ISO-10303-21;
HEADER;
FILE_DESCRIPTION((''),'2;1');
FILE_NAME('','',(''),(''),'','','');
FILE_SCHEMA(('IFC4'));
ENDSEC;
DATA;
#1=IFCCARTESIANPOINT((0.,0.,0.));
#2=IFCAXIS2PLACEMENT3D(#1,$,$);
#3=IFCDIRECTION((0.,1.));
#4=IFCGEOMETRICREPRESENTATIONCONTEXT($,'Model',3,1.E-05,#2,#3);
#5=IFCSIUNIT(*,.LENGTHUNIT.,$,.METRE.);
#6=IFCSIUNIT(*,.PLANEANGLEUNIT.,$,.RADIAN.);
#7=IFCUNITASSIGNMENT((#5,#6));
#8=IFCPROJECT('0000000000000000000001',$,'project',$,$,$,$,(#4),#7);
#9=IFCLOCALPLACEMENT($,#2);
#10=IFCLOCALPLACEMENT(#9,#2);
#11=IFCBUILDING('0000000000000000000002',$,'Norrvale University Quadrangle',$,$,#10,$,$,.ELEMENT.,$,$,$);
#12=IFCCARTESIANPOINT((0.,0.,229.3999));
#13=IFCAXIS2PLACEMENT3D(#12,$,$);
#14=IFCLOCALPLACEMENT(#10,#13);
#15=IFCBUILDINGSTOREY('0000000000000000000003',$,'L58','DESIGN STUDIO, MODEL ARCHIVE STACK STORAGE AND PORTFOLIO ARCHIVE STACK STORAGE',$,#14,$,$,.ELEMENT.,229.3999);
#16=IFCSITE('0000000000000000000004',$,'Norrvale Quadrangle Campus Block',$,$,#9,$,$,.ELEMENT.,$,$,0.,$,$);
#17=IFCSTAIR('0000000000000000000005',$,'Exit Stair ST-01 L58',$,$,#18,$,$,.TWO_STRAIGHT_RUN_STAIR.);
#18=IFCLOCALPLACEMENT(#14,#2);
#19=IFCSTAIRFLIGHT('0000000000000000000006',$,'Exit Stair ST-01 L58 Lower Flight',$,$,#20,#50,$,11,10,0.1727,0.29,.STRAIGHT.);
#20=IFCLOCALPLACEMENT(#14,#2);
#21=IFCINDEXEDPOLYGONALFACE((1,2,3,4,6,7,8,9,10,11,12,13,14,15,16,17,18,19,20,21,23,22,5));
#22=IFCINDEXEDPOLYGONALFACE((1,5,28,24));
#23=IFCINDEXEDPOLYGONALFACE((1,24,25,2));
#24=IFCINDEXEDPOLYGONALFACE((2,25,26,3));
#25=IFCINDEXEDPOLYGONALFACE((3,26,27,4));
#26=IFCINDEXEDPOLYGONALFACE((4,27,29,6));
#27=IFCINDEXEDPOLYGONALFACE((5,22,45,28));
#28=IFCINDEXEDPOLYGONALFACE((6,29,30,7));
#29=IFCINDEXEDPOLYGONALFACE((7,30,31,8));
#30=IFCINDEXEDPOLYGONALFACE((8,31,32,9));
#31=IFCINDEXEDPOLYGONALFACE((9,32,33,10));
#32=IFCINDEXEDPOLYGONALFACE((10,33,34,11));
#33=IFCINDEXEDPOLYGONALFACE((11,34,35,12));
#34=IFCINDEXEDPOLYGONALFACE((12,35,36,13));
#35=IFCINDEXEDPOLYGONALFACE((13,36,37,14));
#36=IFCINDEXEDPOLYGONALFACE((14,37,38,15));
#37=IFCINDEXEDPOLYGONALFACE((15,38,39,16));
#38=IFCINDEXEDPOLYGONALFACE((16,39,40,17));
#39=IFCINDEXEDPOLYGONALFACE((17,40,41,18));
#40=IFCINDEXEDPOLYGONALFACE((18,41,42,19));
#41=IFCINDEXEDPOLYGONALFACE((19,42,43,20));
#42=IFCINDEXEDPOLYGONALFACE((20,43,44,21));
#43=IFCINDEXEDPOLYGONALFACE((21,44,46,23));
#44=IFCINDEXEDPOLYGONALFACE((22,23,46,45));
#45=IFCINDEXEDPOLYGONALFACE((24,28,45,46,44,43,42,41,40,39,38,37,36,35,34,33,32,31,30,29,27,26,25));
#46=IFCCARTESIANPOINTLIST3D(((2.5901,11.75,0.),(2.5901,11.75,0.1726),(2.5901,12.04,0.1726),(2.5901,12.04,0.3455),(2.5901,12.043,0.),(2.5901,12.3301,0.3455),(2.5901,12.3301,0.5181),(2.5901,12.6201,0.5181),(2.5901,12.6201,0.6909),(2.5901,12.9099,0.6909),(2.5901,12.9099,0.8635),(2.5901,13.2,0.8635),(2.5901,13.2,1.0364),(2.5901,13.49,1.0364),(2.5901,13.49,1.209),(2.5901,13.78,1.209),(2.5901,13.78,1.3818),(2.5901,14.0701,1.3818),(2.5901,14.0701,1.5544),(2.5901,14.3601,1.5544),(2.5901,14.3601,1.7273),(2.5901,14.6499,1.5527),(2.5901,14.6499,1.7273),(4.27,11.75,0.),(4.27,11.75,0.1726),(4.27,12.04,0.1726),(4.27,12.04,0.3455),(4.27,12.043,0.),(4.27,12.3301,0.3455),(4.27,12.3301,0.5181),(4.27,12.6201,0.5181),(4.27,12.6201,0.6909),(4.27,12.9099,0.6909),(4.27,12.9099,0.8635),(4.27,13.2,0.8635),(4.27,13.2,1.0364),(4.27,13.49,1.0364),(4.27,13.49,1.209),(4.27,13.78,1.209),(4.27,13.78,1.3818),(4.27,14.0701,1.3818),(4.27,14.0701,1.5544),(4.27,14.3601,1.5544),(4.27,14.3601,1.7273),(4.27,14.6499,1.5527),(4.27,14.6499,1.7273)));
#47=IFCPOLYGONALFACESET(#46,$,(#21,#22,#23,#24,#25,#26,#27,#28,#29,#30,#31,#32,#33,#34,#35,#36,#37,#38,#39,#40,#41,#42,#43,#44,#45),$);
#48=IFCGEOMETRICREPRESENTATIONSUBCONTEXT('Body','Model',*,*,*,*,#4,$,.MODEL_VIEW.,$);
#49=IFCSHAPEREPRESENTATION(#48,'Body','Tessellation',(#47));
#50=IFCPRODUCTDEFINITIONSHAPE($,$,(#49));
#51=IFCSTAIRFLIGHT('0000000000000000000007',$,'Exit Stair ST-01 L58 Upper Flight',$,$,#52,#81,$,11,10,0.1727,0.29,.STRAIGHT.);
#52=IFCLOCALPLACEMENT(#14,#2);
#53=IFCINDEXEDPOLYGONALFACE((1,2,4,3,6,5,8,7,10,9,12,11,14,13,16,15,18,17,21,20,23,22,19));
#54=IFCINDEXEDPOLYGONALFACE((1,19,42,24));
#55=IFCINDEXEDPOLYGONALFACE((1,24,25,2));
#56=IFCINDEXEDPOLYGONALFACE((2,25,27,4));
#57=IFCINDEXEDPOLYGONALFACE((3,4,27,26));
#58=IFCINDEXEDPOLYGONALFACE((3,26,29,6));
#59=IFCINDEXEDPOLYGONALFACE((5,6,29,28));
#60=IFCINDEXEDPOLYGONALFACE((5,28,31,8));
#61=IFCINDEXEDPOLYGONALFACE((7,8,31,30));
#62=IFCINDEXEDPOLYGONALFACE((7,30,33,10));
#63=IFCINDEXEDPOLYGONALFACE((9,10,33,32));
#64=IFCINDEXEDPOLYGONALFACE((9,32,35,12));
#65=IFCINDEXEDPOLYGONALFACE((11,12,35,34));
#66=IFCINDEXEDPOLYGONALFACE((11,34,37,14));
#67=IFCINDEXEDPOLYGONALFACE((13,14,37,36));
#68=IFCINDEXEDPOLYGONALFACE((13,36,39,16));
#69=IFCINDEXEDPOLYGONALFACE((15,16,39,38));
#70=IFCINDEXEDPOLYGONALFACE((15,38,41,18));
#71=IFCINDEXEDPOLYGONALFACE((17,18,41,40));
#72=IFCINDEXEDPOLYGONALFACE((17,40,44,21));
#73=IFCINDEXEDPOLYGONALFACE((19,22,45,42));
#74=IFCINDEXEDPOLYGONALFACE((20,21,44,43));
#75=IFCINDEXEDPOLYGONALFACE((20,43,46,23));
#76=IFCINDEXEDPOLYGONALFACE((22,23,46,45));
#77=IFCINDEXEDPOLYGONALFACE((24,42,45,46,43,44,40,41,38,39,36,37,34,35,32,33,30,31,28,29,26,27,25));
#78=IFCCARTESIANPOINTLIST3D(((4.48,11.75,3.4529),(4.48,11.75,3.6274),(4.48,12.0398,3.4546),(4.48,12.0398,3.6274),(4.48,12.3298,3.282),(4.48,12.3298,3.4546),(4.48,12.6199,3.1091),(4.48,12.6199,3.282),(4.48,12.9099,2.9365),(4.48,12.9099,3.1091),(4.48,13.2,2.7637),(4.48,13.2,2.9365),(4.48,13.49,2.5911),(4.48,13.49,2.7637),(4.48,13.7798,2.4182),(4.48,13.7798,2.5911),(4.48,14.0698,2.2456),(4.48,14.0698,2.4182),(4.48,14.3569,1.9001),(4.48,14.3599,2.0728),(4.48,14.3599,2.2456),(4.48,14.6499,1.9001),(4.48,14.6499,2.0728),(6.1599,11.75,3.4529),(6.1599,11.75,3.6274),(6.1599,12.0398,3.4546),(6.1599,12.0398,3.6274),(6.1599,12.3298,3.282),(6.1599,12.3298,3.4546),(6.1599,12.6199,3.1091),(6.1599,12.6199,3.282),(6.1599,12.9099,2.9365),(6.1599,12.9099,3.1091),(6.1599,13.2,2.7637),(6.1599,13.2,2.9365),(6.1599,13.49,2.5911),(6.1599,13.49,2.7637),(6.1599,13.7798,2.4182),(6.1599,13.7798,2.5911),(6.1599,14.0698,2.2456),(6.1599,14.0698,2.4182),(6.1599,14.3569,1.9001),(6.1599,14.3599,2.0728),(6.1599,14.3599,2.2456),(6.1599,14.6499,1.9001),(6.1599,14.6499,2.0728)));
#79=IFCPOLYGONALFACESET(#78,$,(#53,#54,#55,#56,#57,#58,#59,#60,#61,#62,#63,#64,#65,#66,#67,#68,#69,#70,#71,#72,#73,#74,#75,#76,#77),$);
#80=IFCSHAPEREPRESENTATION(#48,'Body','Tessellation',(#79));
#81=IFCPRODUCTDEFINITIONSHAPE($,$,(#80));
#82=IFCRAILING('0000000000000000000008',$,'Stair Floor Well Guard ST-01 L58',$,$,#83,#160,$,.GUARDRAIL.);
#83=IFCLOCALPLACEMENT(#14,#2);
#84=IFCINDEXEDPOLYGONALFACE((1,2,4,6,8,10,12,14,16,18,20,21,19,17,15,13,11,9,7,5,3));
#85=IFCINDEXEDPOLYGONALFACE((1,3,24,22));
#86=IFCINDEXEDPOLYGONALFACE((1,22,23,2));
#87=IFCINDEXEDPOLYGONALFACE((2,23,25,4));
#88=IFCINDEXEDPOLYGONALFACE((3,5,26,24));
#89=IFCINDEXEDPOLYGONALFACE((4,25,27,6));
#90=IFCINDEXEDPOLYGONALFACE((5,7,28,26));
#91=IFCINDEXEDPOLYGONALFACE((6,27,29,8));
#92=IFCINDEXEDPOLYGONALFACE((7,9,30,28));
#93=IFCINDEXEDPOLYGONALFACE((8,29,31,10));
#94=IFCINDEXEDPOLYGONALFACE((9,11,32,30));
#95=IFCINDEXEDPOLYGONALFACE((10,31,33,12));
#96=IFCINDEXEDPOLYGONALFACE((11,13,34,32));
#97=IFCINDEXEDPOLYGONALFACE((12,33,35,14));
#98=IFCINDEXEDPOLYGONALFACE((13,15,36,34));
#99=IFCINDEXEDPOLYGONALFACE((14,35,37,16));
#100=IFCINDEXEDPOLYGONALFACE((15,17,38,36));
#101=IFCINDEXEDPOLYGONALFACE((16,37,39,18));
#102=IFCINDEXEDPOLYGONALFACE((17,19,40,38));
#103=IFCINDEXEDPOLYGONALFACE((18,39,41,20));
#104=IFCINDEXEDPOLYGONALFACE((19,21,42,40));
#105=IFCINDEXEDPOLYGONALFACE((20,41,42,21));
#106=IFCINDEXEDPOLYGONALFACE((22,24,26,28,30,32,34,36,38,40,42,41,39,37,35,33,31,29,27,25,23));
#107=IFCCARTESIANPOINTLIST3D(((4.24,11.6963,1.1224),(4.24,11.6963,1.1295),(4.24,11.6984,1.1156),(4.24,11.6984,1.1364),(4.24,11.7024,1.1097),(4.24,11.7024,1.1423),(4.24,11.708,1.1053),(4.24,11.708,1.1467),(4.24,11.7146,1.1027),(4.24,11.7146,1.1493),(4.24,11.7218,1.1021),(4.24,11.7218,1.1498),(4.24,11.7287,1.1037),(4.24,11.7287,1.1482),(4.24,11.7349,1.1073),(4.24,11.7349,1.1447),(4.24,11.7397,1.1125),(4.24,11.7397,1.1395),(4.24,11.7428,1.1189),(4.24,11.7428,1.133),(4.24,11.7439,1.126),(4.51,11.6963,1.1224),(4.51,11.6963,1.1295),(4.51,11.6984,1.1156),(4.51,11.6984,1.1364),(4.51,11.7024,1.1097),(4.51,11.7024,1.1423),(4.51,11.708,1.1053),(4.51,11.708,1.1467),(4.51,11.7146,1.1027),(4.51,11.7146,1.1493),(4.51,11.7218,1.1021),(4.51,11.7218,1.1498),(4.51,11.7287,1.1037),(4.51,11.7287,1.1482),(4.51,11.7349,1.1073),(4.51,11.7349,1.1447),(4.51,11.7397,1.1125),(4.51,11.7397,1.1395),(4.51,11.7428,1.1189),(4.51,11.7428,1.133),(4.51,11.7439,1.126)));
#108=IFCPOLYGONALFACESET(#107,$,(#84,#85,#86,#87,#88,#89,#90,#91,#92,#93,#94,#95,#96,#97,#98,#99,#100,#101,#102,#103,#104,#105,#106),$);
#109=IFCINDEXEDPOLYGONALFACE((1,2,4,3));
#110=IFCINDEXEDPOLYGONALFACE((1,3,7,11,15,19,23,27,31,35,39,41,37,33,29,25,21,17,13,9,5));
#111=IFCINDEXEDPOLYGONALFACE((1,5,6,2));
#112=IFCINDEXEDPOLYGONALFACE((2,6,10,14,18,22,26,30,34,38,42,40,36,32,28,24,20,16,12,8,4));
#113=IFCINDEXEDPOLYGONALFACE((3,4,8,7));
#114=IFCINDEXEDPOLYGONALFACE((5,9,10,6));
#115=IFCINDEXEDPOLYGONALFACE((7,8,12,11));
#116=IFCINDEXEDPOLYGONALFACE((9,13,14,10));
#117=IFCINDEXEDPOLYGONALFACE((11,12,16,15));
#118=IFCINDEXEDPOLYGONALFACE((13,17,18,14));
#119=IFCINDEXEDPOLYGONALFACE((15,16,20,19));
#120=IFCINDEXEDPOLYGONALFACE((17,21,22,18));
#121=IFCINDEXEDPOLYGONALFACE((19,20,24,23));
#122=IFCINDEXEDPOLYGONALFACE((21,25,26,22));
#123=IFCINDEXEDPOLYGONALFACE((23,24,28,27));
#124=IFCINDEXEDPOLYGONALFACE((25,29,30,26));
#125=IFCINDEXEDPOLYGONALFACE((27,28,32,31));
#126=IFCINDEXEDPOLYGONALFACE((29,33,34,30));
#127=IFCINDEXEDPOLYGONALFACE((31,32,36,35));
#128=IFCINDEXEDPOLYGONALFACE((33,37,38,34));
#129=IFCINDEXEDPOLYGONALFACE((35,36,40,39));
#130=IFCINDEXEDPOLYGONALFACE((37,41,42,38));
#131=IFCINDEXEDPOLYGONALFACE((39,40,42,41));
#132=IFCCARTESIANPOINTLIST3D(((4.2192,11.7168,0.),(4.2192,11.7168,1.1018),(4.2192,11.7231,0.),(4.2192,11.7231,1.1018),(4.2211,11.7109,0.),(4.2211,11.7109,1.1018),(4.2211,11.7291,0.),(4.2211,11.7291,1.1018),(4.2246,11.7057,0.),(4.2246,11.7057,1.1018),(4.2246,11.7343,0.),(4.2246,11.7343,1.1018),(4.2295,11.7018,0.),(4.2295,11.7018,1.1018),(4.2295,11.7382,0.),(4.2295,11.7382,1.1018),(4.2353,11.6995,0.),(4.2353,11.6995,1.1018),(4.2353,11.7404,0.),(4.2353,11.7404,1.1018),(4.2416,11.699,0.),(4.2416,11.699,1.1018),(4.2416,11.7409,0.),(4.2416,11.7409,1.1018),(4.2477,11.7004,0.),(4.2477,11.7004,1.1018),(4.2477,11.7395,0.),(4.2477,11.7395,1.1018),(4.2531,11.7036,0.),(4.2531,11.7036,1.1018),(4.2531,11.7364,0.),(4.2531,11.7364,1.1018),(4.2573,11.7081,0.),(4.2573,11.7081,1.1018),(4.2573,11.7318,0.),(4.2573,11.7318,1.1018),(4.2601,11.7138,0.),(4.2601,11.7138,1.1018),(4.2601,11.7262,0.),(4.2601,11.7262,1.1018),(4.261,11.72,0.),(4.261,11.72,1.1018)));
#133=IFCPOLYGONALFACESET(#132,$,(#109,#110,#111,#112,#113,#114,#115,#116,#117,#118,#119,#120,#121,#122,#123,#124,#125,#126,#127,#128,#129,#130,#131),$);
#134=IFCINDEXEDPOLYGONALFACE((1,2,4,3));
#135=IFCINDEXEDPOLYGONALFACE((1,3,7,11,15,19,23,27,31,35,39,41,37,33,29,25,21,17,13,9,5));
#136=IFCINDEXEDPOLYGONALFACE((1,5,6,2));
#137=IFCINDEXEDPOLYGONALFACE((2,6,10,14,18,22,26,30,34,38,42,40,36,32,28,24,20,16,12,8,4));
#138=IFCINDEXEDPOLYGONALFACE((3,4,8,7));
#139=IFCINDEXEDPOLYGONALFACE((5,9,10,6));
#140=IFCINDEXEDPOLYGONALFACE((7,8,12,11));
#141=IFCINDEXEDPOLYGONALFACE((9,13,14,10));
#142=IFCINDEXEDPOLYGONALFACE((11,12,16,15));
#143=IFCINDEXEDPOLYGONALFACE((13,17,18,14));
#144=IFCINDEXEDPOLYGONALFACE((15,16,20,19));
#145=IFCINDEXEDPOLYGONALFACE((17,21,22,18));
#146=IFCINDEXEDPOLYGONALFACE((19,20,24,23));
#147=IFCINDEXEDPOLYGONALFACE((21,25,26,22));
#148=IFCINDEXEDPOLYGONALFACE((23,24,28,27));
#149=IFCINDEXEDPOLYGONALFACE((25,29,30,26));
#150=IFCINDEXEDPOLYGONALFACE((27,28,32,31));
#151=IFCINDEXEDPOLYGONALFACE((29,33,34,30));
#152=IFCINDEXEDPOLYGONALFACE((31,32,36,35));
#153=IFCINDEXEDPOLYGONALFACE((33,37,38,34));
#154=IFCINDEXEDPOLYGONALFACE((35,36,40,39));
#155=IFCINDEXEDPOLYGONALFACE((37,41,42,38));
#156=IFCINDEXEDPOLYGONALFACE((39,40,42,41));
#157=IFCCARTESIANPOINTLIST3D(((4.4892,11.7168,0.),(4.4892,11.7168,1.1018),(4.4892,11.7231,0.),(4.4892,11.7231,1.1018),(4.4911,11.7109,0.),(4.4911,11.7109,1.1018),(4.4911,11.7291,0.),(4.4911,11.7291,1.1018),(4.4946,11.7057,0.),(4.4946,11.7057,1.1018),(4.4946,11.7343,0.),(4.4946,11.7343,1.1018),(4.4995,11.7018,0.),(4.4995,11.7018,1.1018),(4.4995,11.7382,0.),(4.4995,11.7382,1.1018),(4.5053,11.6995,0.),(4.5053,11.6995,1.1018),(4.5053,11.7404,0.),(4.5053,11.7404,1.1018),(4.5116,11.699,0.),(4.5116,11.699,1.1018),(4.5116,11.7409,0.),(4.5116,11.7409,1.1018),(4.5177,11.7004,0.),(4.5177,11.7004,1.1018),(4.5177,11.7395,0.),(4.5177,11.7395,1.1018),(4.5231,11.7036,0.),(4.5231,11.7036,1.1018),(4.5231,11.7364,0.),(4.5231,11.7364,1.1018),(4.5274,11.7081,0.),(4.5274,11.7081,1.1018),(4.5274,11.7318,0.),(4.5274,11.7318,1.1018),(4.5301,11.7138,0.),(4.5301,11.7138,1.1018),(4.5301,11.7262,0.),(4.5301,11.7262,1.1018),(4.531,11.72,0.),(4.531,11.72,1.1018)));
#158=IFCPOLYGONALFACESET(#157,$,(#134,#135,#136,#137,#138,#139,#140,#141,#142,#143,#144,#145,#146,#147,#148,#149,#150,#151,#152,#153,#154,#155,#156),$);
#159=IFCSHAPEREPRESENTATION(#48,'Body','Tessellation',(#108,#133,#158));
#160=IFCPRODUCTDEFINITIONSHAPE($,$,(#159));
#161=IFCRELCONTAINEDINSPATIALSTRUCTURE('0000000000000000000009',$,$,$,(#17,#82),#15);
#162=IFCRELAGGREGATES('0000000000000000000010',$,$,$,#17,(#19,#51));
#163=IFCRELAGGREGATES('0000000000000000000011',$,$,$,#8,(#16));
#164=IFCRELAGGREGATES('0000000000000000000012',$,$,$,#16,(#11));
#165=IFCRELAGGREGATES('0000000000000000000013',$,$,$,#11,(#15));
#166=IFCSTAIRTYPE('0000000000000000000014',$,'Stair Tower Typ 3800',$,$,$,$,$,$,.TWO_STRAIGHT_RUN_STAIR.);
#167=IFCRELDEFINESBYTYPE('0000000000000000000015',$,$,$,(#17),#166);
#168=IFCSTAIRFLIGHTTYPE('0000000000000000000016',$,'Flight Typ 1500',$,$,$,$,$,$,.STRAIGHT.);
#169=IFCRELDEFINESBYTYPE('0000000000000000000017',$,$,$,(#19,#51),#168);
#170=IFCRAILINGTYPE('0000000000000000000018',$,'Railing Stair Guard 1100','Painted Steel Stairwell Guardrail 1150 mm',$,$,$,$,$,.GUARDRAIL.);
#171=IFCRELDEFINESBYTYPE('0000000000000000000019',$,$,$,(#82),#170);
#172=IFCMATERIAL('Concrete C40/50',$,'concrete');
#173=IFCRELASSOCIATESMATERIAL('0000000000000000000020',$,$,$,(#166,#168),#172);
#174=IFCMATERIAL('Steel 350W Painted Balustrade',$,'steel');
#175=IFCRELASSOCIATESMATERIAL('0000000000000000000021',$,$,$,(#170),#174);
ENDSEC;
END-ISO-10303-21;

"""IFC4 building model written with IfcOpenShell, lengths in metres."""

from ifc_helpers import new_model, si_unit, direction, frame, origin, origin_2d, place, context, subcontext, project, spatial, polyline, circle, outline, extrude, material, type_object, element, aggregate, save


model = new_model("IFC4")

# Units and contexts
model_context = context("Model", 3, precision=1e-05, world=origin(), true_north=direction((0.0, 1.0)))
body_context = subcontext(model_context, "Body", "Model", "MODEL_VIEW")
ifc_project = project(units=[si_unit("LENGTHUNIT", "METRE"), si_unit("PLANEANGLEUNIT", "RADIAN")], contexts=[model_context])

# Site, building, storey
site_placement = place(None, origin())
site = spatial("IfcSite", under=ifc_project, at=site_placement, Name="Norrvale Quadrangle Campus Block", CompositionType="ELEMENT", RefElevation=0.0)
building_placement = place(site_placement, origin())
building = spatial("IfcBuilding", under=site, at=building_placement, Name="Norrvale University Quadrangle", CompositionType="ELEMENT")
storey_placement = place(building_placement, frame((0.0, 0.0, 229.3999)))
storey = spatial("IfcBuildingStorey", under=building, at=storey_placement, Name="L58", Description="DESIGN STUDIO, MODEL ARCHIVE STACK STORAGE AND PORTFOLIO ARCHIVE STACK STORAGE", CompositionType="ELEMENT", Elevation=229.3999)

# Stair, stair flights
ifc_material_1 = material(Name="Concrete C40/50", Category="concrete")
stair_type = type_object("IfcStairType", Name="Stair Tower Typ 3800", PredefinedType="TWO_STRAIGHT_RUN_STAIR", material=ifc_material_1)
stair_placement = place(storey_placement, origin())
stair = element("IfcStair", 1, at=stair_placement, inside=storey, type_object=stair_type, Name="Exit Stair ST-01 L58", PredefinedType="TWO_STRAIGHT_RUN_STAIR")
stair_flight_type = type_object("IfcStairFlightType", Name="Flight Typ 1500", PredefinedType="STRAIGHT", material=ifc_material_1)
stair_flight_1_placement = place(storey_placement, frame((3.4299, 11.75, 0.0), z_axis=(0.0, 0.0, 1.0), x_axis=(0.0, 1.0, 0.0)))
stair_flight_1 = element("IfcStairFlight", 2, at=stair_flight_1_placement, type_object=stair_flight_type, Name="Exit Stair ST-01 L58 Lower Flight", NumberOfRisers=11, NumberOfTreads=10, PredefinedType="STRAIGHT", RiserHeight=0.1727, TreadLength=0.29, context=body_context, shape_type="SweptSolid", body=[
    extrude(outline(polyline([(0.0, 0.0), (0.0, 0.1726), (0.29, 0.1726), (0.29, 0.3455), (0.5801, 0.3455), (0.5801, 0.5181), (0.8701, 0.5181), (0.8701, 0.6909), (1.1599, 0.6909), (1.1599, 0.8635), (1.45, 0.8635), (1.45, 1.0364), (1.74, 1.0364), (1.74, 1.209), (2.03, 1.209), (2.03, 1.3818), (2.3201, 1.3818), (2.3201, 1.5544), (2.6101, 1.5544), (2.6101, 1.7273), (2.8999, 1.7273), (2.8999, 1.8999), (2.8999, 1.5527), (0.293, 0.0), (0.0, 0.0)])), frame((0.0, 0.8398, 0.0), z_axis=(0.0, -1.0, 0.0), x_axis=(1.0, 0.0, 0.0)), (0.0, 0.0, 1.0), 1.6799),
])
stair_flight_2_placement = place(storey_placement, frame((5.3201, 14.6499, 1.9001), z_axis=(0.0, 0.0, 1.0), x_axis=(0.0, -1.0, 0.0)))
stair_flight_2 = element("IfcStairFlight", 3, at=stair_flight_2_placement, type_object=stair_flight_type, Name="Exit Stair ST-01 L58 Upper Flight", NumberOfRisers=11, NumberOfTreads=10, PredefinedType="STRAIGHT", RiserHeight=0.1727, TreadLength=0.29, context=body_context, shape_type="SweptSolid", body=[
    extrude(outline(polyline([(0.0, 0.0), (0.0, 0.1726), (0.29, 0.1726), (0.29, 0.3455), (0.5801, 0.3455), (0.5801, 0.5181), (0.8701, 0.5181), (0.8701, 0.6909), (1.1599, 0.6909), (1.1599, 0.8635), (1.45, 0.8635), (1.45, 1.0364), (1.74, 1.0364), (1.74, 1.209), (2.03, 1.209), (2.03, 1.3818), (2.3201, 1.3818), (2.3201, 1.5544), (2.6101, 1.5544), (2.6101, 1.7273), (2.8999, 1.7273), (2.8999, 1.8999), (2.8999, 1.5527), (0.293, 0.0), (0.0, 0.0)])), frame((0.0, 0.8398, 0.0), z_axis=(0.0, -1.0, 0.0), x_axis=(1.0, 0.0, 0.0)), (0.0, 0.0, 1.0), 1.6799),
])
aggregate(stair, [stair_flight_1, stair_flight_2])

# Railing
ifc_material_2 = material(Name="Steel 350W Painted Balustrade", Category="steel")
railing_type_1 = type_object("IfcRailingType", Name="Railing Stair Guard 1100", Description="Painted Steel Stairwell Guardrail 1150 mm", PredefinedType="GUARDRAIL", material=ifc_material_2)
for number, where, name in (
    (4, (4.24, 11.72, 0.0), "Stair Floor Well Guard ST-01 L58"),
):
    element("IfcRailing", number, at=place(storey_placement, frame(where)), inside=storey, type_object=railing_type_1, Name=name, PredefinedType="GUARDRAIL", context=body_context, shape_type="SweptSolid", body=[
        extrude(circle(Radius=0.0239, at=origin_2d()), frame((0.0, 0.0, 1.126), z_axis=(1.0, 0.0, 0.0), x_axis=(0.0, 1.0, 0.0)), (0.0, 0.0, 1.0), 0.27),
        extrude(circle(Radius=0.021, at=origin_2d()), origin(), (0.0, 0.0, 1.0), 1.1018),
        extrude(circle(Radius=0.021, at=origin_2d()), frame((0.27, 0.0, 0.0)), (0.0, 0.0, 1.0), 1.1018),
    ])

save(model, "model.ifc")
